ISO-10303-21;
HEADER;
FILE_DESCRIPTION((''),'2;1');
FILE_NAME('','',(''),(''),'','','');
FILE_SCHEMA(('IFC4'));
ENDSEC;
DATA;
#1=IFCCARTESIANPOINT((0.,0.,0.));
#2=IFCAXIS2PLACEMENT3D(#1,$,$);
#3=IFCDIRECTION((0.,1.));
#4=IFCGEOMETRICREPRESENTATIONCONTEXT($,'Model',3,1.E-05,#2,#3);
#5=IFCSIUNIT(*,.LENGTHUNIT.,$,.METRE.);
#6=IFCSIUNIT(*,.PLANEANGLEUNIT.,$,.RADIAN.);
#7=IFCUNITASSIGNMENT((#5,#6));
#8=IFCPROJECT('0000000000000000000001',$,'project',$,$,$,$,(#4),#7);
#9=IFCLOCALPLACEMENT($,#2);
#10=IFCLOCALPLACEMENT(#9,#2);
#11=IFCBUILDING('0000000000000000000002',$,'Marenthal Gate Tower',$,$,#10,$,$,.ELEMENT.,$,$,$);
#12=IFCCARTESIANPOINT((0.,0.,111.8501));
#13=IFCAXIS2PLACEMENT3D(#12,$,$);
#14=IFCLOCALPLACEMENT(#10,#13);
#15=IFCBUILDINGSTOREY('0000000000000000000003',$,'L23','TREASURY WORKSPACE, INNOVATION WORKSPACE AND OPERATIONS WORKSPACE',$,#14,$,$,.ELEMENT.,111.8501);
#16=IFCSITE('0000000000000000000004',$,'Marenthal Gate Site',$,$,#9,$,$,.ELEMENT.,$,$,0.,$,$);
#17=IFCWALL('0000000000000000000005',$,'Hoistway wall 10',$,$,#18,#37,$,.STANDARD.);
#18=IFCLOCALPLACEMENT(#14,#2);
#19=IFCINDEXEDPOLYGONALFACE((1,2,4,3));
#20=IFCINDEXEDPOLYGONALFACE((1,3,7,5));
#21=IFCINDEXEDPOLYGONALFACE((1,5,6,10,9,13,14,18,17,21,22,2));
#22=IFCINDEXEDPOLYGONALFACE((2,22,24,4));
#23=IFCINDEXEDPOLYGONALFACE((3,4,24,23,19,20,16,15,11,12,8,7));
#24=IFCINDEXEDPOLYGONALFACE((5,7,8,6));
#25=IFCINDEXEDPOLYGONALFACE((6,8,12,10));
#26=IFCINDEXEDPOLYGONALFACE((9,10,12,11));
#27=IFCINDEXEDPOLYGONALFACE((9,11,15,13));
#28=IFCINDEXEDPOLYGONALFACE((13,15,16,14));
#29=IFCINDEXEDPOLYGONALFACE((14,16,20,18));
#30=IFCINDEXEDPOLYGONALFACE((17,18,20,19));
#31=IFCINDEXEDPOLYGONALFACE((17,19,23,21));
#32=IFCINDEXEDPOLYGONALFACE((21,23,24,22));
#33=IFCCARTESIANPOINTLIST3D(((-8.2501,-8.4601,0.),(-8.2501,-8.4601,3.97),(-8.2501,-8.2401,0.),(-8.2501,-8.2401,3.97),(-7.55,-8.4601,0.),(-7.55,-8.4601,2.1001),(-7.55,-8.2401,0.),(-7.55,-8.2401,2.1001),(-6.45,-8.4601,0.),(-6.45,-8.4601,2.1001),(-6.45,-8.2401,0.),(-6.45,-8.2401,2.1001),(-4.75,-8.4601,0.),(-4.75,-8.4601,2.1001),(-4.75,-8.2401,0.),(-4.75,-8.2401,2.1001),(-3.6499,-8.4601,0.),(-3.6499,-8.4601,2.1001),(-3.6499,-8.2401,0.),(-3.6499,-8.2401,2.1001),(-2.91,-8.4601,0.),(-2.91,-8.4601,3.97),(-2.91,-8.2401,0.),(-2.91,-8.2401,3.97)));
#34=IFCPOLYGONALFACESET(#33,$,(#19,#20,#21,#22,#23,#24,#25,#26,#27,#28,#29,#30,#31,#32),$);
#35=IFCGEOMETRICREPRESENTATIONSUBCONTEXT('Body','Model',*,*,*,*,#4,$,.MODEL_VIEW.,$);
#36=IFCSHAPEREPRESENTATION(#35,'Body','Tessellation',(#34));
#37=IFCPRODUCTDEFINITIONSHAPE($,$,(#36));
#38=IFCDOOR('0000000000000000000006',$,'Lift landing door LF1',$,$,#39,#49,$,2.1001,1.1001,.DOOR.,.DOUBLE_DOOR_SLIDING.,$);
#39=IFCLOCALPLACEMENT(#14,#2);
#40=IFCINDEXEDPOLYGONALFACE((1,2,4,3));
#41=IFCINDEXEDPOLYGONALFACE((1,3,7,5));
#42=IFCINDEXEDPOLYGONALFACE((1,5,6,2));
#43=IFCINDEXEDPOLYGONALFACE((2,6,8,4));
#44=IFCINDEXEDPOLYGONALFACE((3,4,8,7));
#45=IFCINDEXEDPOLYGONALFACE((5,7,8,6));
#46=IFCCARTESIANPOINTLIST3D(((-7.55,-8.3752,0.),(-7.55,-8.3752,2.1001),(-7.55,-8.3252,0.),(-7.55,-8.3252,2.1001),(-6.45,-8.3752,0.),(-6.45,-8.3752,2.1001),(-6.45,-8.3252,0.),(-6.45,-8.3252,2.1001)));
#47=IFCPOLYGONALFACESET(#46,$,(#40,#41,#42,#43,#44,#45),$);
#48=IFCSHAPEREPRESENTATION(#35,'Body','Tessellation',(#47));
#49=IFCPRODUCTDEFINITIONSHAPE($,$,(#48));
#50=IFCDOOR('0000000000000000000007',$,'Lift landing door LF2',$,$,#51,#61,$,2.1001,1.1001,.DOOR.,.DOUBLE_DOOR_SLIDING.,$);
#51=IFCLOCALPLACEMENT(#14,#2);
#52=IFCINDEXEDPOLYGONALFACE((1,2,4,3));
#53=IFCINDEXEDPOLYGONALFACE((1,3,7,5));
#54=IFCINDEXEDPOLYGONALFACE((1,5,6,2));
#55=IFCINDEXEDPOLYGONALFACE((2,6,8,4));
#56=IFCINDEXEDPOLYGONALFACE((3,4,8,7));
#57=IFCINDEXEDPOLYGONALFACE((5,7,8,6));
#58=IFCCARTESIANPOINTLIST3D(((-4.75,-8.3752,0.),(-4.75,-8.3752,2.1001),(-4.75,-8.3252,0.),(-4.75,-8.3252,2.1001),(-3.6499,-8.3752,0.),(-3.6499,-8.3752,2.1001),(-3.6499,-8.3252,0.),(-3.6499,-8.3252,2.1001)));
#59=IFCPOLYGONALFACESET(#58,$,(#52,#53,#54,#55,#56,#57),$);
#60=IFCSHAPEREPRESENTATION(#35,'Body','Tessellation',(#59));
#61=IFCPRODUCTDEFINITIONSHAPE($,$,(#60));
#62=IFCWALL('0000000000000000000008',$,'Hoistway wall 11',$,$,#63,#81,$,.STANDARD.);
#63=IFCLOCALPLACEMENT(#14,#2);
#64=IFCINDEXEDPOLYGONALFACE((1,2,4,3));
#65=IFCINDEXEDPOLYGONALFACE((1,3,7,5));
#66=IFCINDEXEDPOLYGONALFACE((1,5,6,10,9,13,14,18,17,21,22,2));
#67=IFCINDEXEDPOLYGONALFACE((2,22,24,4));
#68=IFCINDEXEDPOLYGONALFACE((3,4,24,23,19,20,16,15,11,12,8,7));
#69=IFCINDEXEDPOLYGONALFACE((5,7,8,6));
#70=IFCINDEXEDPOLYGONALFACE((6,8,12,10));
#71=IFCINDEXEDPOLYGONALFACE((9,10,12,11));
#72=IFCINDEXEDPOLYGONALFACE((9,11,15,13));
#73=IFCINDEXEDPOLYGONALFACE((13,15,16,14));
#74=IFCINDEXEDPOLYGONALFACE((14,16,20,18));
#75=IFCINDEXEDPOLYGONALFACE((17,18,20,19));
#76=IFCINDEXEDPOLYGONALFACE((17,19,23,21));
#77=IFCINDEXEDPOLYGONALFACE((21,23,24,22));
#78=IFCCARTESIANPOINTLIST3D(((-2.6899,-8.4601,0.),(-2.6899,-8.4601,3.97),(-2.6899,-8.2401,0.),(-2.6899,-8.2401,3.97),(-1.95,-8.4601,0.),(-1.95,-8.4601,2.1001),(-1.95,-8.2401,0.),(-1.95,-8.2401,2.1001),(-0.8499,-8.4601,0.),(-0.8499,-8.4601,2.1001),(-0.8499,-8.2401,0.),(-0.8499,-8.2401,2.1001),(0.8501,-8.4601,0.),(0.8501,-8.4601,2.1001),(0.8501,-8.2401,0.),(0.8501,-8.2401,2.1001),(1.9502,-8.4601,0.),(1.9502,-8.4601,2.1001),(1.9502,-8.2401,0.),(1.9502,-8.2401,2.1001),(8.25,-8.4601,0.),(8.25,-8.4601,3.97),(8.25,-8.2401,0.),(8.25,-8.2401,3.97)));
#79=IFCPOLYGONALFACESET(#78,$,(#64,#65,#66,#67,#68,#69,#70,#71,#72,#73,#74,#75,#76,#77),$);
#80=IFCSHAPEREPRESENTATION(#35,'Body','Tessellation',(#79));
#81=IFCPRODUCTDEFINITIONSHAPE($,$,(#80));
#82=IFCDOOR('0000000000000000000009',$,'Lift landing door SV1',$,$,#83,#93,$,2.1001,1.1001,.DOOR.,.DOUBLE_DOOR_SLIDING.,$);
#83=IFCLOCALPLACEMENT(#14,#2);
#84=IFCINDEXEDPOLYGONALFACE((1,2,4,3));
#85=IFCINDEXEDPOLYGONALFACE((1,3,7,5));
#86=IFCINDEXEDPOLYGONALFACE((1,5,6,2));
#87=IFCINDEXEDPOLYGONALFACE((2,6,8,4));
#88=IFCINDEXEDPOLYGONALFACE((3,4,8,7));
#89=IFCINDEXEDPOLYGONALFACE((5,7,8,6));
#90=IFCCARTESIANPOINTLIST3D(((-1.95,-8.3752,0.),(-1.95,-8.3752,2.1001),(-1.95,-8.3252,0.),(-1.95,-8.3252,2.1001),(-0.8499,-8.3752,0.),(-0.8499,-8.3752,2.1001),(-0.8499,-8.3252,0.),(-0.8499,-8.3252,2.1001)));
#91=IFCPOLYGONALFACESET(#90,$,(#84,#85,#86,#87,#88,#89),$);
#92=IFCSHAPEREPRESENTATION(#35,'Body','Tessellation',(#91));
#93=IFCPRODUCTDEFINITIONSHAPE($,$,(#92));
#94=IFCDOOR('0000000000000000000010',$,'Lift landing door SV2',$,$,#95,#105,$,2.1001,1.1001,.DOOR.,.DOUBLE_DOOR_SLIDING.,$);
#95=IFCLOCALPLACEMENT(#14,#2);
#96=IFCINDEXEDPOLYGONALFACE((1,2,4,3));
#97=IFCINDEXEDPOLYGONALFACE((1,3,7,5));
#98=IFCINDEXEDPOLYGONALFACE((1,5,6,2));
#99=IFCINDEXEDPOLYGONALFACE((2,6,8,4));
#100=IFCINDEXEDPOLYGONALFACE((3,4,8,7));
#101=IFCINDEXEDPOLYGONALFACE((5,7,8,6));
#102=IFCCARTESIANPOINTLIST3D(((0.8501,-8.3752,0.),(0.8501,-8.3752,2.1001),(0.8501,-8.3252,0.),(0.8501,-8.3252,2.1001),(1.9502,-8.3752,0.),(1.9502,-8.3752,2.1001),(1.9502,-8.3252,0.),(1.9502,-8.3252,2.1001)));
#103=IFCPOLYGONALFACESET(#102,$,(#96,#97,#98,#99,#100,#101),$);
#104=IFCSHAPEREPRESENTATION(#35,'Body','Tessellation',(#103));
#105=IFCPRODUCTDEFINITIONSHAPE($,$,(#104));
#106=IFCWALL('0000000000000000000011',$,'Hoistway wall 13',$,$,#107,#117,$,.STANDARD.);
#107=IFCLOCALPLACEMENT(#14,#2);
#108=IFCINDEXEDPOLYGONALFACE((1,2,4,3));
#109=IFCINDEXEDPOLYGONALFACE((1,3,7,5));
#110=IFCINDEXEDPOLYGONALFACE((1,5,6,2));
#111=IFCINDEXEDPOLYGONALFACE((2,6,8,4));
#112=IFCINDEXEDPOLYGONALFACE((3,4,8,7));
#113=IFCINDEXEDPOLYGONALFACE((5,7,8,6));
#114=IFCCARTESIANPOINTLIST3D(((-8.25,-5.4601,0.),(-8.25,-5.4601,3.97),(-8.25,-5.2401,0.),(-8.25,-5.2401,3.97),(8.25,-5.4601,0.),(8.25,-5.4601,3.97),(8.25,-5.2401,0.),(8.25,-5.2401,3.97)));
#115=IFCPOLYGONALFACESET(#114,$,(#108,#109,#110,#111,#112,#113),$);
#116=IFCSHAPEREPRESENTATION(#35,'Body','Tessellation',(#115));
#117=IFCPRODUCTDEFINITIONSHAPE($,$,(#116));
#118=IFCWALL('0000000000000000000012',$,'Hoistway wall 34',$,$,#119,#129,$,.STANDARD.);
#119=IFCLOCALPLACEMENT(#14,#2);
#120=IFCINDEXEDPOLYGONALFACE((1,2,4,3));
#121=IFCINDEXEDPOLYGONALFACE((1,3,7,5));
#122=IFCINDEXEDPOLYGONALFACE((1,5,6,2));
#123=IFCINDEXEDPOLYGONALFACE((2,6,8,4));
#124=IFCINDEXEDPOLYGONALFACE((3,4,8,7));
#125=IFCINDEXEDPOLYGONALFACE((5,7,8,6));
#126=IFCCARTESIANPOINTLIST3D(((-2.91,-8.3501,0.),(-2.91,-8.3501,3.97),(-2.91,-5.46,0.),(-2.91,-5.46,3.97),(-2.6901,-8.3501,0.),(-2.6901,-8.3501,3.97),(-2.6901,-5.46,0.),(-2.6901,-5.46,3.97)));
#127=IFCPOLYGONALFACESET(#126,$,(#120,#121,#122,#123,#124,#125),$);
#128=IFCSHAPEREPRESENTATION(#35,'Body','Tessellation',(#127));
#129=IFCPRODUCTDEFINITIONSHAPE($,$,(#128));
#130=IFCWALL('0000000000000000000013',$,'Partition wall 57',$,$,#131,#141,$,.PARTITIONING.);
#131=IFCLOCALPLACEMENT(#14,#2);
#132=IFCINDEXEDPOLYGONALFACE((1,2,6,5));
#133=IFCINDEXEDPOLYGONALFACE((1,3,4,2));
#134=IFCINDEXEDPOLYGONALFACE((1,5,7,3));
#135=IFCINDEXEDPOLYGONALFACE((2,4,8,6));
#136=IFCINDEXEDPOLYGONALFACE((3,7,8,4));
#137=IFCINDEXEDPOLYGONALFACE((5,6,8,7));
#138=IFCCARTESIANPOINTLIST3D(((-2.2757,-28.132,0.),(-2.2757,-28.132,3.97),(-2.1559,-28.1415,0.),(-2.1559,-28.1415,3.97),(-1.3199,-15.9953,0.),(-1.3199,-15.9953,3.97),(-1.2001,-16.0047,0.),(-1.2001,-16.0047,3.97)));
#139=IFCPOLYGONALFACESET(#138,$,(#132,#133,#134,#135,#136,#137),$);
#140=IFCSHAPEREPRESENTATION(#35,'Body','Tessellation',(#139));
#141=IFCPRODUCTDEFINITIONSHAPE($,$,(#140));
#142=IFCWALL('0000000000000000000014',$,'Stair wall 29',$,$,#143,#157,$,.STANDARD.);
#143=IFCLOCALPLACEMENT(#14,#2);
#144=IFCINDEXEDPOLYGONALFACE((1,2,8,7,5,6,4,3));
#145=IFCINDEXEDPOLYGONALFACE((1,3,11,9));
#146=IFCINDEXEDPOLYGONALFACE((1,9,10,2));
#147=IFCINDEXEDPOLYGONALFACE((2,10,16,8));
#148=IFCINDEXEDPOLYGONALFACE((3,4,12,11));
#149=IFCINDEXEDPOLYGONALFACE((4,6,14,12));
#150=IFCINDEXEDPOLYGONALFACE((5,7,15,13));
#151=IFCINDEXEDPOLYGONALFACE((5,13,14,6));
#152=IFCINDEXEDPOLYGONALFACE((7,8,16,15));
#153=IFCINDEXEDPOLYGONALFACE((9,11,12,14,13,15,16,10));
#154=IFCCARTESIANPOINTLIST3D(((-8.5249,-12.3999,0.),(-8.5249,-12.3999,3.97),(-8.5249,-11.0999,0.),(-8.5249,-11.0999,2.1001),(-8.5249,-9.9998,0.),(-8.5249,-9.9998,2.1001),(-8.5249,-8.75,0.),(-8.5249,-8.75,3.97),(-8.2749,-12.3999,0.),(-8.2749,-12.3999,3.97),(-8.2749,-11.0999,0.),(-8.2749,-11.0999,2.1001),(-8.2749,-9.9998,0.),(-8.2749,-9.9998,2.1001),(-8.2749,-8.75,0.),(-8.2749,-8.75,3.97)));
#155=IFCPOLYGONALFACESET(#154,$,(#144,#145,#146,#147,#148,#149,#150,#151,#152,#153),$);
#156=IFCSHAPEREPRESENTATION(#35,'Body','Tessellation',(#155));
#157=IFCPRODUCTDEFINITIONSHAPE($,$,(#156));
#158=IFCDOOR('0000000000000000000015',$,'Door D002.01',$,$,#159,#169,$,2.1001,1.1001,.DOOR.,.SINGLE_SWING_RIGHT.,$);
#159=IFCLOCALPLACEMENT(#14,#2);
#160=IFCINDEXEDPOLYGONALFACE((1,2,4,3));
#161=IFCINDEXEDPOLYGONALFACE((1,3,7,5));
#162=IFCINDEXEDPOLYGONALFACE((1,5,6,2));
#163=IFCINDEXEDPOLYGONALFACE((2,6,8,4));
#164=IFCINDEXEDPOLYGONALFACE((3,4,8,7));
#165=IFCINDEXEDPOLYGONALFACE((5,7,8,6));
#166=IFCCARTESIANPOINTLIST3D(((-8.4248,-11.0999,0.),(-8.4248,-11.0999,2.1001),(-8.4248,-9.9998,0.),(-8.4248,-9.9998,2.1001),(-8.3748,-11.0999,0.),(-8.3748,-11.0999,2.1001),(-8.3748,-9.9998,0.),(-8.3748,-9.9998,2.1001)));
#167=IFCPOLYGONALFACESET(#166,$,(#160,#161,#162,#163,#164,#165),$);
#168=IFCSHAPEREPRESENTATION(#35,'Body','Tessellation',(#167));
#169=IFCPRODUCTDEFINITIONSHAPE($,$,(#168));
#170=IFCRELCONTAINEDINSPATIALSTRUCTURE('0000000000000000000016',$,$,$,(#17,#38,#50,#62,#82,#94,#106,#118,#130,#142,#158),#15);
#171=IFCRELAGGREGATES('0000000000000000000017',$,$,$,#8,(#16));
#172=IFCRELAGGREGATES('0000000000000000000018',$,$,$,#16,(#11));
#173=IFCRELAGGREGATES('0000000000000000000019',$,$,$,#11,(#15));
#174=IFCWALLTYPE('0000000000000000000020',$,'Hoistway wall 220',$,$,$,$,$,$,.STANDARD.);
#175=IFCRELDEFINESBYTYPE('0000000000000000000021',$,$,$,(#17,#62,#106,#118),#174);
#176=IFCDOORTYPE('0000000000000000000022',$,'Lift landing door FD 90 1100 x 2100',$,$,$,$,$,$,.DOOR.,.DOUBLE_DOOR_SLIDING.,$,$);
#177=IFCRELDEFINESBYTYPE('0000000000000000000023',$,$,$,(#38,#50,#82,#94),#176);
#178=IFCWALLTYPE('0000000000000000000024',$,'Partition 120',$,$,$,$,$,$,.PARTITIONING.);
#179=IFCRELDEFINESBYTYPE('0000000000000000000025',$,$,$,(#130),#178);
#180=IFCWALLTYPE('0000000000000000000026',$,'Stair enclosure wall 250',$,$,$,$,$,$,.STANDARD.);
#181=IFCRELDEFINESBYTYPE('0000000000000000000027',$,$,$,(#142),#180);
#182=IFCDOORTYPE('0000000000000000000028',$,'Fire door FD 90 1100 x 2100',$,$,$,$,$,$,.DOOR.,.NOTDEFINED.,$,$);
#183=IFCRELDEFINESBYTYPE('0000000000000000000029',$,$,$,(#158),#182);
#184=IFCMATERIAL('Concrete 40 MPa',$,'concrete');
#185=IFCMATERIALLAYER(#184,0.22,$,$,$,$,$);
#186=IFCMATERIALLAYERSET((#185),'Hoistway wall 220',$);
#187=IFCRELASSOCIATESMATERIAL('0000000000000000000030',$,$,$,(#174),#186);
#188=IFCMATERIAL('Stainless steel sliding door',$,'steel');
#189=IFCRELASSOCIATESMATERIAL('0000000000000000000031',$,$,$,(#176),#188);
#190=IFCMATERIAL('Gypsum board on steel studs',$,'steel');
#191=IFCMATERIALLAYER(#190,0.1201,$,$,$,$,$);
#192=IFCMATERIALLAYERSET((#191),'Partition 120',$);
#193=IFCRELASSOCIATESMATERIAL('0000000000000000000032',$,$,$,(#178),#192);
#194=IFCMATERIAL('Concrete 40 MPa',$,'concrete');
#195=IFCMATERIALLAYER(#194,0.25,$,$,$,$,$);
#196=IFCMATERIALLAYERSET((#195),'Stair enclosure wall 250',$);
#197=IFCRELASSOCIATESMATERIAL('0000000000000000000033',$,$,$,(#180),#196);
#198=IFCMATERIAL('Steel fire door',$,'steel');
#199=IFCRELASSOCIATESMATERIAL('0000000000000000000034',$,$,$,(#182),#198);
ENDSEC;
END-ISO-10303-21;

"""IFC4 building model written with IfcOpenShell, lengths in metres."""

from ifc_helpers import new_model, si_unit, direction, frame, frame_2d, origin, place, context, subcontext, project, spatial, rectangle, extrude, material, layer, layer_set, type_object, element, fill, save


model = new_model("IFC4")

# Units and contexts
model_context = context("Model", 3, precision=1e-05, world=origin(), true_north=direction((0.0, 1.0)))
body_context = subcontext(model_context, "Body", "Model", "MODEL_VIEW")
ifc_project = project(units=[si_unit("LENGTHUNIT", "METRE"), si_unit("PLANEANGLEUNIT", "RADIAN")], contexts=[model_context])

# Site, building, storey
site_placement = place(None, origin())
site = spatial("IfcSite", under=ifc_project, at=site_placement, Name="Marenthal Gate Site", CompositionType="ELEMENT", RefElevation=0.0)
building_placement = place(site_placement, origin())
building = spatial("IfcBuilding", under=site, at=building_placement, Name="Marenthal Gate Tower", CompositionType="ELEMENT")
storey_placement = place(building_placement, frame((0.0, 0.0, 111.8501)))
storey = spatial("IfcBuildingStorey", under=building, at=storey_placement, Name="L23", Description="TREASURY WORKSPACE, INNOVATION WORKSPACE AND OPERATIONS WORKSPACE", CompositionType="ELEMENT", Elevation=111.8501)

# Walls, openings, doors
ifc_material_1 = material(Name="Concrete 40 MPa", Category="concrete")
ifc_layer_1 = layer(ifc_material_1, 0.22)
ifc_layer_set_1 = layer_set([ifc_layer_1], Name="Hoistway wall 220")
wall_type_1 = type_object("IfcWallType", Name="Hoistway wall 220", PredefinedType="STANDARD", material=ifc_layer_set_1)
wall_1_placement = place(storey_placement, frame((-8.25, -8.3501, 0.0), z_axis=(0.0, 0.0, 1.0), x_axis=(1.0, 0.0, 0.0)))
wall_1 = element("IfcWall", 1, at=wall_1_placement, inside=storey, type_object=wall_type_1, Name="Hoistway wall 10", PredefinedType="STANDARD", context=body_context, shape_type="SweptSolid", body=[
    extrude(rectangle(XDim=5.3401, YDim=0.22, at=frame_2d((2.6699, 0.0))), origin(), (0.0, 0.0, 1.0), 3.97),
])
opening_1_placement = place(wall_1_placement, frame((0.7, 0.0, 0.0)))
opening_1 = element("IfcOpeningElement", 2, at=opening_1_placement, cuts=wall_1, PredefinedType="OPENING", context=body_context, shape_type="SweptSolid", body=[
    extrude(rectangle(XDim=1.1001, YDim=2.1001, at=frame_2d((0.55, 1.05))), frame((0.0, 0.1201, 0.0), z_axis=(0.0, -1.0, 0.0), x_axis=(1.0, 0.0, 0.0)), (0.0, 0.0, 1.0), 0.24),
])
opening_2_placement = place(wall_1_placement, frame((3.5, 0.0, 0.0)))
opening_2 = element("IfcOpeningElement", 3, at=opening_2_placement, cuts=wall_1, PredefinedType="OPENING", context=body_context, shape_type="SweptSolid", body=[
    extrude(rectangle(XDim=1.1001, YDim=2.1001, at=frame_2d((0.55, 1.05))), frame((0.0, 0.1201, 0.0), z_axis=(0.0, -1.0, 0.0), x_axis=(1.0, 0.0, 0.0)), (0.0, 0.0, 1.0), 0.24),
])
ifc_material_2 = material(Name="Stainless steel sliding door", Category="steel")
door_type_1 = type_object("IfcDoorType", Name="Lift landing door FD 90 1100 x 2100", OperationType="DOUBLE_DOOR_SLIDING", PredefinedType="DOOR", material=ifc_material_2)
door_1_placement = place(opening_1_placement, origin())
door_1 = element("IfcDoor", 4, at=door_1_placement, inside=storey, type_object=door_type_1, Name="Lift landing door LF1", OperationType="DOUBLE_DOOR_SLIDING", OverallHeight=2.1001, OverallWidth=1.1001, PredefinedType="DOOR", context=body_context, shape_type="SweptSolid", body=[
    extrude(rectangle(XDim=1.1001, YDim=2.1001, at=frame_2d((0.55, 1.05))), frame((0.0, 0.0249, 0.0), z_axis=(0.0, -1.0, 0.0), x_axis=(1.0, 0.0, 0.0)), (0.0, 0.0, 1.0), 0.05),
])
fill(opening_1, door_1)
door_2_placement = place(opening_2_placement, origin())
door_2 = element("IfcDoor", 5, at=door_2_placement, inside=storey, type_object=door_type_1, Name="Lift landing door LF2", OperationType="DOUBLE_DOOR_SLIDING", OverallHeight=2.1001, OverallWidth=1.1001, PredefinedType="DOOR", context=body_context, shape_type="SweptSolid", body=[
    extrude(rectangle(XDim=1.1001, YDim=2.1001, at=frame_2d((0.55, 1.05))), frame((0.0, 0.0249, 0.0), z_axis=(0.0, -1.0, 0.0), x_axis=(1.0, 0.0, 0.0)), (0.0, 0.0, 1.0), 0.05),
])
fill(opening_2, door_2)
wall_2_placement = place(storey_placement, frame((-2.6899, -8.3501, 0.0), z_axis=(0.0, 0.0, 1.0), x_axis=(1.0, 0.0, 0.0)))
wall_2 = element("IfcWall", 6, at=wall_2_placement, inside=storey, type_object=wall_type_1, Name="Hoistway wall 11", PredefinedType="STANDARD", context=body_context, shape_type="SweptSolid", body=[
    extrude(rectangle(XDim=10.9399, YDim=0.22, at=frame_2d((5.47, 0.0))), origin(), (0.0, 0.0, 1.0), 3.97),
])
opening_3_placement = place(wall_2_placement, frame((0.74, 0.0, 0.0)))
opening_3 = element("IfcOpeningElement", 7, at=opening_3_placement, cuts=wall_2, PredefinedType="OPENING", context=body_context, shape_type="SweptSolid", body=[
    extrude(rectangle(XDim=1.1001, YDim=2.1001, at=frame_2d((0.55, 1.05))), frame((0.0, 0.1201, 0.0), z_axis=(0.0, -1.0, 0.0), x_axis=(1.0, 0.0, 0.0)), (0.0, 0.0, 1.0), 0.24),
])
opening_4_placement = place(wall_2_placement, frame((3.54, 0.0, 0.0)))
opening_4 = element("IfcOpeningElement", 8, at=opening_4_placement, cuts=wall_2, PredefinedType="OPENING", context=body_context, shape_type="SweptSolid", body=[
    extrude(rectangle(XDim=1.1001, YDim=2.1001, at=frame_2d((0.55, 1.05))), frame((0.0, 0.1201, 0.0), z_axis=(0.0, -1.0, 0.0), x_axis=(1.0, 0.0, 0.0)), (0.0, 0.0, 1.0), 0.24),
])
door_3_placement = place(opening_3_placement, origin())
door_3 = element("IfcDoor", 9, at=door_3_placement, inside=storey, type_object=door_type_1, Name="Lift landing door SV1", OperationType="DOUBLE_DOOR_SLIDING", OverallHeight=2.1001, OverallWidth=1.1001, PredefinedType="DOOR", context=body_context, shape_type="SweptSolid", body=[
    extrude(rectangle(XDim=1.1001, YDim=2.1001, at=frame_2d((0.55, 1.05))), frame((0.0, 0.0249, 0.0), z_axis=(0.0, -1.0, 0.0), x_axis=(1.0, 0.0, 0.0)), (0.0, 0.0, 1.0), 0.05),
])
fill(opening_3, door_3)
door_4_placement = place(opening_4_placement, origin())
door_4 = element("IfcDoor", 10, at=door_4_placement, inside=storey, type_object=door_type_1, Name="Lift landing door SV2", OperationType="DOUBLE_DOOR_SLIDING", OverallHeight=2.1001, OverallWidth=1.1001, PredefinedType="DOOR", context=body_context, shape_type="SweptSolid", body=[
    extrude(rectangle(XDim=1.1001, YDim=2.1001, at=frame_2d((0.55, 1.05))), frame((0.0, 0.0249, 0.0), z_axis=(0.0, -1.0, 0.0), x_axis=(1.0, 0.0, 0.0)), (0.0, 0.0, 1.0), 0.05),
])
fill(opening_4, door_4)

# Walls
wall_3_placement = place(storey_placement, frame((-8.25, -5.3501, 0.0), z_axis=(0.0, 0.0, 1.0), x_axis=(1.0, 0.0, 0.0)))
element("IfcWall", 11, at=wall_3_placement, inside=storey, type_object=wall_type_1, Name="Hoistway wall 13", PredefinedType="STANDARD", context=body_context, shape_type="SweptSolid", body=[
    extrude(rectangle(XDim=16.5, YDim=0.22, at=frame_2d((8.25, 0.0))), origin(), (0.0, 0.0, 1.0), 3.97),
])
wall_4_placement = place(storey_placement, frame((-2.8, -8.3501, 0.0), z_axis=(0.0, 0.0, 1.0), x_axis=(0.0, 1.0, 0.0)))
element("IfcWall", 12, at=wall_4_placement, inside=storey, type_object=wall_type_1, Name="Hoistway wall 34", PredefinedType="STANDARD", context=body_context, shape_type="SweptSolid", body=[
    extrude(rectangle(XDim=2.8901, YDim=0.22, at=frame_2d((1.4451, 0.0))), origin(), (0.0, 0.0, 1.0), 3.97),
])
ifc_material_3 = material(Name="Gypsum board on steel studs", Category="steel")
ifc_layer_2 = layer(ifc_material_3, 0.1201)
ifc_layer_set_2 = layer_set([ifc_layer_2], Name="Partition 120")
wall_type_2 = type_object("IfcWallType", Name="Partition 120", PredefinedType="PARTITIONING", material=ifc_layer_set_2)
wall_5_placement = place(storey_placement, frame((-1.26, -16.0, 0.0), z_axis=(0.0, 0.0, 1.0), x_axis=(-0.078511, -0.996913, 0.0)))
element("IfcWall", 13, at=wall_5_placement, inside=storey, type_object=wall_type_2, Name="Partition wall 57", PredefinedType="PARTITIONING", context=body_context, shape_type="SweptSolid", body=[
    extrude(rectangle(XDim=12.1743, YDim=0.1201, at=frame_2d((6.0872, 0.0))), origin(), (0.0, 0.0, 1.0), 3.97),
])

# Wall, opening, door
ifc_material_4 = material(Name="Concrete 40 MPa", Category="concrete")
ifc_layer_3 = layer(ifc_material_4, 0.25)
ifc_layer_set_3 = layer_set([ifc_layer_3], Name="Stair enclosure wall 250")
wall_type_3 = type_object("IfcWallType", Name="Stair enclosure wall 250", PredefinedType="STANDARD", material=ifc_layer_set_3)
wall_6_placement = place(storey_placement, frame((-8.3999, -12.3999, 0.0), z_axis=(0.0, 0.0, 1.0), x_axis=(0.0, 1.0, 0.0)))
wall_6 = element("IfcWall", 14, at=wall_6_placement, inside=storey, type_object=wall_type_3, Name="Stair wall 29", PredefinedType="STANDARD", context=body_context, shape_type="SweptSolid", body=[
    extrude(rectangle(XDim=3.6499, YDim=0.25, at=frame_2d((1.825, 0.0))), origin(), (0.0, 0.0, 1.0), 3.97),
])
opening_5_placement = place(wall_6_placement, frame((1.3, 0.0, 0.0)))
opening_5 = element("IfcOpeningElement", 15, at=opening_5_placement, cuts=wall_6, PredefinedType="OPENING", context=body_context, shape_type="SweptSolid", body=[
    extrude(rectangle(XDim=1.1001, YDim=2.1001, at=frame_2d((0.55, 1.05))), frame((0.0, 0.135, 0.0), z_axis=(0.0, -1.0, 0.0), x_axis=(1.0, 0.0, 0.0)), (0.0, 0.0, 1.0), 0.27),
])
ifc_material_5 = material(Name="Steel fire door", Category="steel")
door_type_2 = type_object("IfcDoorType", Name="Fire door FD 90 1100 x 2100", OperationType="NOTDEFINED", PredefinedType="DOOR", material=ifc_material_5)
door_5_placement = place(opening_5_placement, origin())
door_5 = element("IfcDoor", 16, at=door_5_placement, inside=storey, type_object=door_type_2, Name="Door D002.01", OperationType="SINGLE_SWING_RIGHT", OverallHeight=2.1001, OverallWidth=1.1001, PredefinedType="DOOR", context=body_context, shape_type="SweptSolid", body=[
    extrude(rectangle(XDim=1.1001, YDim=2.1001, at=frame_2d((0.55, 1.05))), frame((0.0, 0.0249, 0.0), z_axis=(0.0, -1.0, 0.0), x_axis=(1.0, 0.0, 0.0)), (0.0, 0.0, 1.0), 0.05),
])
fill(opening_5, door_5)

save(model, "model.ifc")
